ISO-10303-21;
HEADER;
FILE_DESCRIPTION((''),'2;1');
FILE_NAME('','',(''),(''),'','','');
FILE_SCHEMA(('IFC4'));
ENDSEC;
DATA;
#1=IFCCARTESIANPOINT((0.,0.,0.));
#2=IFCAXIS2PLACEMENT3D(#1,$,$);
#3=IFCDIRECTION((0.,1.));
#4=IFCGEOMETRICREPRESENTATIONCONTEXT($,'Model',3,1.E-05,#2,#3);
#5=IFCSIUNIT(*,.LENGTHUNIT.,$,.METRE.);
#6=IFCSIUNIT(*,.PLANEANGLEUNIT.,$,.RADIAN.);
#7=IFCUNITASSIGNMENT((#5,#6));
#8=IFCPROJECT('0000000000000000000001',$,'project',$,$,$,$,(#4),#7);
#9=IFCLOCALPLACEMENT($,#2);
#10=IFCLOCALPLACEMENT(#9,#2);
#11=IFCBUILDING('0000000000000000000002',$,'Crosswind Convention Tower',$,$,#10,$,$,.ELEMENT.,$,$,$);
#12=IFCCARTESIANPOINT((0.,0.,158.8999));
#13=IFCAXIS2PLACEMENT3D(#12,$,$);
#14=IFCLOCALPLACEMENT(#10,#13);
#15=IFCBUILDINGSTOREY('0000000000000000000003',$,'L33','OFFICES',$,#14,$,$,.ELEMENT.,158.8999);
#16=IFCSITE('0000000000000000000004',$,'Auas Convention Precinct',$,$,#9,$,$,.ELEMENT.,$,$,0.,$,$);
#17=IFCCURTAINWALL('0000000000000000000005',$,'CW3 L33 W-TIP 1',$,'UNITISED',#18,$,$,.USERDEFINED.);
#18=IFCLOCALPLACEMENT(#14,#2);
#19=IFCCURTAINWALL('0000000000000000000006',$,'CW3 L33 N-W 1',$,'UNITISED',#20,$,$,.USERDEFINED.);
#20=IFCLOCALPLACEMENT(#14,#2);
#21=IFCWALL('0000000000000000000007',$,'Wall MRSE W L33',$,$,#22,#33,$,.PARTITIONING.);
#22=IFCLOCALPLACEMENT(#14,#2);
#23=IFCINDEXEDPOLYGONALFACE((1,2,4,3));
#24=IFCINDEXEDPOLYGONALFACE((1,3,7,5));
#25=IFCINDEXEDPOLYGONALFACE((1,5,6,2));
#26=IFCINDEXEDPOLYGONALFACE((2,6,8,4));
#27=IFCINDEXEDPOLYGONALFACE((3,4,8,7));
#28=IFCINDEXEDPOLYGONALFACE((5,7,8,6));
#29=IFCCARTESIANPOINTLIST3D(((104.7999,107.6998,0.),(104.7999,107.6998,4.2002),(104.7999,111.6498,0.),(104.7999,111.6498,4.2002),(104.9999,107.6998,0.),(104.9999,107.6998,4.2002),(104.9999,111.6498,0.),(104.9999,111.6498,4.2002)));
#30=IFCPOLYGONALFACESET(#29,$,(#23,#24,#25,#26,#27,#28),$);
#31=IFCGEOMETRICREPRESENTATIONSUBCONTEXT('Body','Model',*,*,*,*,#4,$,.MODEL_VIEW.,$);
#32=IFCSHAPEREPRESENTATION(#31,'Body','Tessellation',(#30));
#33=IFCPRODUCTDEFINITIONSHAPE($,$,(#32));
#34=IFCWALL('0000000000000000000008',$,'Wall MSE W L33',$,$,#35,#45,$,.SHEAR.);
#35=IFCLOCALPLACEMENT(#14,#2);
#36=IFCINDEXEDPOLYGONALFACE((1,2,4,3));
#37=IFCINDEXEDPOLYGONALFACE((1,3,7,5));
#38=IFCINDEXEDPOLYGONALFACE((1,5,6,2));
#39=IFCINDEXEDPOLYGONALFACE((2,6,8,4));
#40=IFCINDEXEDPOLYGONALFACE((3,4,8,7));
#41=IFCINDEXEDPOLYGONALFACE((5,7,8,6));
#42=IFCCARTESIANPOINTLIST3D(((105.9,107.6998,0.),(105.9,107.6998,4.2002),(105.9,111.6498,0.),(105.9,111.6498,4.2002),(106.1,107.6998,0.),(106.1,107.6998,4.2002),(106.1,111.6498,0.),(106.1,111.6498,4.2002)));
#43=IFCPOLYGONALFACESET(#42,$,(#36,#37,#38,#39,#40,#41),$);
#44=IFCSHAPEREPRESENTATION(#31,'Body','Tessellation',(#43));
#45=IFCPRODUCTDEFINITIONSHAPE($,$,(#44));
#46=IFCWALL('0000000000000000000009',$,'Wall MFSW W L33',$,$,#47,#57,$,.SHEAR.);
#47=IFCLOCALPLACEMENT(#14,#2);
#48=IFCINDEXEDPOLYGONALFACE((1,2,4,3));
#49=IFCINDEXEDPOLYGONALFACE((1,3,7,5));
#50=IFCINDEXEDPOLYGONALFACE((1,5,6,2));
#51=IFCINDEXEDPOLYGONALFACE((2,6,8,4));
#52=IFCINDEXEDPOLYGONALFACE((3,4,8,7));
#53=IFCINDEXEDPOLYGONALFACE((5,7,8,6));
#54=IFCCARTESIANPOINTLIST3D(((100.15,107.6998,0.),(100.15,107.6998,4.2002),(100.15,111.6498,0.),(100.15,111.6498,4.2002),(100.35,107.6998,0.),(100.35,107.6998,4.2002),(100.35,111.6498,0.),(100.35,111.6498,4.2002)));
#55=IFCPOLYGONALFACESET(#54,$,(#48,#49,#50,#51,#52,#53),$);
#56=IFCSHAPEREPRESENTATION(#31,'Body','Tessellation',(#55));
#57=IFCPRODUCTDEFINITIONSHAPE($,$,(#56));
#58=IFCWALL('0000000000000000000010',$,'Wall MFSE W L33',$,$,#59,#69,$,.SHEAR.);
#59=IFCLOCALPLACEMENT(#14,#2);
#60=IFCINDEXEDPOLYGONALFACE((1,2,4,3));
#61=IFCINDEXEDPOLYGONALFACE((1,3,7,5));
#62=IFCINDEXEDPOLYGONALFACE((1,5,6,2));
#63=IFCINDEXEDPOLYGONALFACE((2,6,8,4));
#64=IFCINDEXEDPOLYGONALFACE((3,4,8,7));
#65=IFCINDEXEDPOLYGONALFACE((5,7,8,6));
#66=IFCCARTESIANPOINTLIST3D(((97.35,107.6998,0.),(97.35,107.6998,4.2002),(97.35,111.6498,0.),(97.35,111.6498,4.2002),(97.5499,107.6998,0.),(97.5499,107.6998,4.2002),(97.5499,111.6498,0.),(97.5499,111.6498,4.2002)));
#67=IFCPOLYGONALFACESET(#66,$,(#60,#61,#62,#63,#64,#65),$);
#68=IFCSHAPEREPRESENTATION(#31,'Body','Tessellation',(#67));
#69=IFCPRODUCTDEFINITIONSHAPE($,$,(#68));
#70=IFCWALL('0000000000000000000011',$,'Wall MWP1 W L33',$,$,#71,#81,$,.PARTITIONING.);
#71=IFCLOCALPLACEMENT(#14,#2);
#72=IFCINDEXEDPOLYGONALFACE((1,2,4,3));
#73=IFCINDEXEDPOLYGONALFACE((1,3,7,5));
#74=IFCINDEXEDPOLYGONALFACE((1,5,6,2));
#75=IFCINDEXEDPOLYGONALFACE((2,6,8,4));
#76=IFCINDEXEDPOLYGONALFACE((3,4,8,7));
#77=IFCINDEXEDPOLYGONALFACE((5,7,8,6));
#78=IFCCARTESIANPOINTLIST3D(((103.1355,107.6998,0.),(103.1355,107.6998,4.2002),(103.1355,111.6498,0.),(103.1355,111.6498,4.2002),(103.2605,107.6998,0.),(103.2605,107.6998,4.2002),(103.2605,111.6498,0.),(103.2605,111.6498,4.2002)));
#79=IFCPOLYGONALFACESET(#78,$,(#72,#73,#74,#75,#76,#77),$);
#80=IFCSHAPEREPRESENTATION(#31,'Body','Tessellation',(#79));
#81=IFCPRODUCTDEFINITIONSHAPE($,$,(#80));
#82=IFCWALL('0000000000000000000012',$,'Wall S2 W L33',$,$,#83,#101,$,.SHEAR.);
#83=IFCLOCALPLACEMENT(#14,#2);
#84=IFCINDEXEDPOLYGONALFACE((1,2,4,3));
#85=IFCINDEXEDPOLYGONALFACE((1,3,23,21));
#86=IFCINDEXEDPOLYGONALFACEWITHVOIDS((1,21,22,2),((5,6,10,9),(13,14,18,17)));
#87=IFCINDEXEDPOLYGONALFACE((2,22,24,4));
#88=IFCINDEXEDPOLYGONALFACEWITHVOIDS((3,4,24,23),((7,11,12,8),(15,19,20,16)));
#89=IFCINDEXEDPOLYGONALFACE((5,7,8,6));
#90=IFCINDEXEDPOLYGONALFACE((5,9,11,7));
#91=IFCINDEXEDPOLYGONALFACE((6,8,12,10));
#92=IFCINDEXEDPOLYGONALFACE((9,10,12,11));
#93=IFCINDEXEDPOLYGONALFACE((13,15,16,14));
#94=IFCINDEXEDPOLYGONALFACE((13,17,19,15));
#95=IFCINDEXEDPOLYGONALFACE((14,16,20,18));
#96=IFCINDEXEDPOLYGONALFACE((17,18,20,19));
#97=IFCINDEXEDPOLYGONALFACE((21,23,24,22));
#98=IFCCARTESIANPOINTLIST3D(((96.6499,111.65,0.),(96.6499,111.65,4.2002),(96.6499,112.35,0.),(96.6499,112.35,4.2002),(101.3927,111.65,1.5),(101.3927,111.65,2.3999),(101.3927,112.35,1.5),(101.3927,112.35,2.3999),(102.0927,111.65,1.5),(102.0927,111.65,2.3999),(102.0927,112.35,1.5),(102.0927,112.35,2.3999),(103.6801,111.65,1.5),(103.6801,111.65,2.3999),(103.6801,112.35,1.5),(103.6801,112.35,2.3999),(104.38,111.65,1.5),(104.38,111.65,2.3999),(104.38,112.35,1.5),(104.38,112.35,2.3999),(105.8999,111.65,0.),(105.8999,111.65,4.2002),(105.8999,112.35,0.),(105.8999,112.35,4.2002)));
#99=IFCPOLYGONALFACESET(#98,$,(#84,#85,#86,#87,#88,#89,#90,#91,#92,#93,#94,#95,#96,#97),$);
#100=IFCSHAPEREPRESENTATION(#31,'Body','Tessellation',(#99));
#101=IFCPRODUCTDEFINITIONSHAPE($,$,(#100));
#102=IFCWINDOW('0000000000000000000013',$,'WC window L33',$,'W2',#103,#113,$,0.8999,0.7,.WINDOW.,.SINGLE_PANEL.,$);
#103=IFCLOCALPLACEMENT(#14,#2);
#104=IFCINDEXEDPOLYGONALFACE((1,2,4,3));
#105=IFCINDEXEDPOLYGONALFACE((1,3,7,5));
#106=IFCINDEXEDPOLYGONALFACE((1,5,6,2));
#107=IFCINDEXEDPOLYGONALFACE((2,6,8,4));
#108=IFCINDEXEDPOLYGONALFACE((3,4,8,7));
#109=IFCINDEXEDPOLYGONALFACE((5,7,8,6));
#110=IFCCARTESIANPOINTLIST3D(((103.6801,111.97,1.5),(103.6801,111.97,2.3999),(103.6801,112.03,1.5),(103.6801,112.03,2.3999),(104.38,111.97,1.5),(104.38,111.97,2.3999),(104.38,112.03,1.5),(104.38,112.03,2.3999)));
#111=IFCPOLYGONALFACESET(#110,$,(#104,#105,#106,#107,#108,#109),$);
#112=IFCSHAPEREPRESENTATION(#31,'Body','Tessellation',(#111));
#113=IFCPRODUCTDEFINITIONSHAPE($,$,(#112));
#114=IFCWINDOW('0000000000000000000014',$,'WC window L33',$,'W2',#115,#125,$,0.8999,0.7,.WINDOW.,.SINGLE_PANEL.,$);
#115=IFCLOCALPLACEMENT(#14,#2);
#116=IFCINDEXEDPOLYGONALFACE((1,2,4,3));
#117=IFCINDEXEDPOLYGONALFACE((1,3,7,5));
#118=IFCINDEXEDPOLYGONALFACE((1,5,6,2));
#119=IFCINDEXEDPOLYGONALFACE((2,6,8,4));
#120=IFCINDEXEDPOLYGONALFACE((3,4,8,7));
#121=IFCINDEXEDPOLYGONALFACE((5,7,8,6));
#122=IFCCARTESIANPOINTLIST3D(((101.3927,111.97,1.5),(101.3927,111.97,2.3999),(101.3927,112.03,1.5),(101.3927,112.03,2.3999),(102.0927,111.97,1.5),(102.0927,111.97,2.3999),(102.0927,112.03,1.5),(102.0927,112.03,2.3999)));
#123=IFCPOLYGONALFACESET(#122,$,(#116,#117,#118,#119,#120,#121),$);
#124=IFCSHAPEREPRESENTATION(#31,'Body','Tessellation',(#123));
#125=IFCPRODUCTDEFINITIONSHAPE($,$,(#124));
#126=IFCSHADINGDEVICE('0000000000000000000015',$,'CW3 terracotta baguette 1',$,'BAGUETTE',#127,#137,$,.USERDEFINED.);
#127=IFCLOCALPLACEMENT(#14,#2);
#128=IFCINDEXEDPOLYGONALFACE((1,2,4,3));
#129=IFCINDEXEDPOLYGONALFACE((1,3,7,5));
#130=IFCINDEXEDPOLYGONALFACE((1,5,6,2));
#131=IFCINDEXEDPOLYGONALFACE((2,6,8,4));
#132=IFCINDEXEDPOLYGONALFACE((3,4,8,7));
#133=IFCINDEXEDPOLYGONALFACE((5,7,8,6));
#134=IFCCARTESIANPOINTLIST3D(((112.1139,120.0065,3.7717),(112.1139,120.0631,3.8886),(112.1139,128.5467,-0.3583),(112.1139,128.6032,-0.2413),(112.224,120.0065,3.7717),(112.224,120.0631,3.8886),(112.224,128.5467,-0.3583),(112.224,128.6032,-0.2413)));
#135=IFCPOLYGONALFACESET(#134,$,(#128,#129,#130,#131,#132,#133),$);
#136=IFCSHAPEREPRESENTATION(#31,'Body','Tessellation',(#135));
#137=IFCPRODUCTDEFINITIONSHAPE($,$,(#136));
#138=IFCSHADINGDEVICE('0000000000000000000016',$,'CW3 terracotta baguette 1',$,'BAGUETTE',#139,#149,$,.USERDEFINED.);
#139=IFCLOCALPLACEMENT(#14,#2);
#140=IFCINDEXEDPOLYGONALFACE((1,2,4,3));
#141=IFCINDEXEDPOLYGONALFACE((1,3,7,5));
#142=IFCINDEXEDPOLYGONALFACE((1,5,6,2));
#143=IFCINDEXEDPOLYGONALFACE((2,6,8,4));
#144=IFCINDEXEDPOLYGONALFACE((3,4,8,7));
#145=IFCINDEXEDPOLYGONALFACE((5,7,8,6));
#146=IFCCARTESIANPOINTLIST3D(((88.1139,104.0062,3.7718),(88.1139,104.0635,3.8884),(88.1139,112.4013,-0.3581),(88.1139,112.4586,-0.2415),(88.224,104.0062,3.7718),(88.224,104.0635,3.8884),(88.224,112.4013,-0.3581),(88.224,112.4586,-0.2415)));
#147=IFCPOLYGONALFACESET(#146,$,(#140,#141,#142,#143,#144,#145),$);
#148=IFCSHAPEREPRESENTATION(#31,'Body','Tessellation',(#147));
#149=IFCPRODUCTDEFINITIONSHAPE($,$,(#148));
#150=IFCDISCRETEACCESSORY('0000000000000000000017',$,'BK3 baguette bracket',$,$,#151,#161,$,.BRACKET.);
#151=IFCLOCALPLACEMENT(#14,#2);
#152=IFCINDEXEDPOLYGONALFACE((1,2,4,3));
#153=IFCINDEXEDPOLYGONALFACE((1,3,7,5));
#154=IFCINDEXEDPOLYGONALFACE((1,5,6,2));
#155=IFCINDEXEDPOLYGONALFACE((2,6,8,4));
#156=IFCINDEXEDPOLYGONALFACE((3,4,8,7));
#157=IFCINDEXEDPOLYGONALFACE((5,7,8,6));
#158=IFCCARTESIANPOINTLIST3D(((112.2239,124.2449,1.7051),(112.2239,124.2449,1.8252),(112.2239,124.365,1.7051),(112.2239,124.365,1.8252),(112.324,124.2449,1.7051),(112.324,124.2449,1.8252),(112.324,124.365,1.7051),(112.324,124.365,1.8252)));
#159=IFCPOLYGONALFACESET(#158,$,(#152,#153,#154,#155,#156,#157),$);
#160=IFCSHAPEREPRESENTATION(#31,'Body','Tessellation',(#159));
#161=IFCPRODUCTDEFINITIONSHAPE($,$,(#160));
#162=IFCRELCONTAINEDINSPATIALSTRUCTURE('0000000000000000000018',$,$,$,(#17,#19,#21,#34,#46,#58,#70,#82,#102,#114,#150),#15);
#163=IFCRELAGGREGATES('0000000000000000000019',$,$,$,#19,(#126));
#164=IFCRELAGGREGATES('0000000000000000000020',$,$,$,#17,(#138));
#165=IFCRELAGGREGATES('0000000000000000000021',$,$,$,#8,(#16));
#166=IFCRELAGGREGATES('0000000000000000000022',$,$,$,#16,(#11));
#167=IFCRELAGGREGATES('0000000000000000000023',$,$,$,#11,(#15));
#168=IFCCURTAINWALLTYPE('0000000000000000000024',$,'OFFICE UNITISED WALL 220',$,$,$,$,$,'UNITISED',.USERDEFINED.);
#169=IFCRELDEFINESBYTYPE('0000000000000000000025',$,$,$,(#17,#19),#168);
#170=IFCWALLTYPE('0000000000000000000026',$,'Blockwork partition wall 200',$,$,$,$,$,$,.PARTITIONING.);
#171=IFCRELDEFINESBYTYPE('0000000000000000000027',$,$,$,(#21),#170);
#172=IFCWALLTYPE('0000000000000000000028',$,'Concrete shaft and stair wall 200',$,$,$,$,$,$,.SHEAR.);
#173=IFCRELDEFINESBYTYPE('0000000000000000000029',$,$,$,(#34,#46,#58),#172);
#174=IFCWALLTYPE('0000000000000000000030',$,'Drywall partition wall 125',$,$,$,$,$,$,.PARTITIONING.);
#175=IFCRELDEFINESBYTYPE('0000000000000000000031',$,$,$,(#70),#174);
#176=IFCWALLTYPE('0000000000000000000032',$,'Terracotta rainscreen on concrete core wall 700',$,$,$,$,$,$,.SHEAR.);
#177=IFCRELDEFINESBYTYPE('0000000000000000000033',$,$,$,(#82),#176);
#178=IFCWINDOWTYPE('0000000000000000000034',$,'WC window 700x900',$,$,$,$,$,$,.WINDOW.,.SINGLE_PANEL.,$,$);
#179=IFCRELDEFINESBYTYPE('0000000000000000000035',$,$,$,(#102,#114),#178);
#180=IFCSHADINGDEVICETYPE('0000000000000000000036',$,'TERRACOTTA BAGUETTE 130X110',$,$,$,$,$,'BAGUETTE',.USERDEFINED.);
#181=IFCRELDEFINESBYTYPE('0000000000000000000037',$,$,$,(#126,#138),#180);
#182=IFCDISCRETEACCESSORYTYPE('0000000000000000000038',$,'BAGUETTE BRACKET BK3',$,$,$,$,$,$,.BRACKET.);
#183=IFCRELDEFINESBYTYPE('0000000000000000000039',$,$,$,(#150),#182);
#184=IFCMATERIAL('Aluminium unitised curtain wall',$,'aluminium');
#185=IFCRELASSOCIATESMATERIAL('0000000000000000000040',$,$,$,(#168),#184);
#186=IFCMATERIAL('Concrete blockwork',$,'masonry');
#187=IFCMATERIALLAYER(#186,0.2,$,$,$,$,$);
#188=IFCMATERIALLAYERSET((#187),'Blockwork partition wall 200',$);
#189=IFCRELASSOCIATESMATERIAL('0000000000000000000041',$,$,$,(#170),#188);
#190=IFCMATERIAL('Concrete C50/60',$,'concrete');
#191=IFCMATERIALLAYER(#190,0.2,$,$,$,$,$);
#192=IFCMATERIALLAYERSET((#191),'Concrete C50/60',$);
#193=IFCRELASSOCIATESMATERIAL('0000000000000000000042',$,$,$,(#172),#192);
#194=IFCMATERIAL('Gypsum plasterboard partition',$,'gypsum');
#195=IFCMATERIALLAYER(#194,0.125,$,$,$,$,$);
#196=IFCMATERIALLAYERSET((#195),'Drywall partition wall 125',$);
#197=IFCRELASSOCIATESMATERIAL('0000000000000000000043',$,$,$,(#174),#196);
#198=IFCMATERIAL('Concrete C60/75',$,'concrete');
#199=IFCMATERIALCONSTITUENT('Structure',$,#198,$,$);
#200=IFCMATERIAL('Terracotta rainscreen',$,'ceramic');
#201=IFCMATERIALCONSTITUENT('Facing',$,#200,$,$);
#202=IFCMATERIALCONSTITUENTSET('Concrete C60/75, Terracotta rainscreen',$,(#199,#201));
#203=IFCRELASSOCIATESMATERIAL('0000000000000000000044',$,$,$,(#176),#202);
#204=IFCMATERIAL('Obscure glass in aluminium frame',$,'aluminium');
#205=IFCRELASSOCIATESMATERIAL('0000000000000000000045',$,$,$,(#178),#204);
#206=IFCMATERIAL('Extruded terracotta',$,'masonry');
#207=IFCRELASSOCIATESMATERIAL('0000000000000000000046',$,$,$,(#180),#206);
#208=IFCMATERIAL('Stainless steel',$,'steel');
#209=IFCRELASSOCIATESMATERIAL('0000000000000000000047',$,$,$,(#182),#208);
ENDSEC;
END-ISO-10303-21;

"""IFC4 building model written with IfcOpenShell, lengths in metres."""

from ifc_helpers import new_model, si_unit, direction, frame, frame_2d, origin, origin_2d, place, context, subcontext, project, spatial, rectangle, extrude, material, layer, layer_set, constituent, constituent_set, material_profile, profile_set, type_object, element, fill, aggregate, save


model = new_model("IFC4")

# Units and contexts
model_context = context("Model", 3, precision=1e-05, world=origin(), true_north=direction((0.0, 1.0)))
body_context = subcontext(model_context, "Body", "Model", "MODEL_VIEW")
ifc_project = project(units=[si_unit("LENGTHUNIT", "METRE"), si_unit("PLANEANGLEUNIT", "RADIAN")], contexts=[model_context])

# Site, building, storey
site_placement = place(None, origin())
site = spatial("IfcSite", under=ifc_project, at=site_placement, Name="Auas Convention Precinct", CompositionType="ELEMENT", RefElevation=0.0)
building_placement = place(site_placement, origin())
building = spatial("IfcBuilding", under=site, at=building_placement, Name="Crosswind Convention Tower", CompositionType="ELEMENT")
storey_placement = place(building_placement, frame((0.0, 0.0, 158.8999)))
storey = spatial("IfcBuildingStorey", under=building, at=storey_placement, Name="L33", Description="OFFICES", CompositionType="ELEMENT", Elevation=158.8999)

# Shared definitions
ifc_material_1 = material(Name="Concrete C60/75", Category="concrete")

# Shared definitions
ifc_material_2 = material(Name="Aluminium unitised curtain wall", Category="aluminium")

# Curtain wall
curtain_wall_type_1 = type_object("IfcCurtainWallType", Name="OFFICE UNITISED WALL 220", ElementType="UNITISED", PredefinedType="USERDEFINED", material=ifc_material_2)
curtain_wall_1_placement = place(storey_placement, origin())
curtain_wall_1 = element("IfcCurtainWall", 1, at=curtain_wall_1_placement, inside=storey, type_object=curtain_wall_type_1, Name="CW3 L33 W-TIP 1", ObjectType="UNITISED", PredefinedType="USERDEFINED")

# Curtain wall
curtain_wall_2_placement = place(storey_placement, origin())
curtain_wall_2 = element("IfcCurtainWall", 2, at=curtain_wall_2_placement, inside=storey, type_object=curtain_wall_type_1, Name="CW3 L33 N-W 1", ObjectType="UNITISED", PredefinedType="USERDEFINED")

# Wall
ifc_material_3 = material(Name="Concrete blockwork", Category="masonry")
ifc_layer_1 = layer(ifc_material_3, 0.2)
ifc_layer_set_1 = layer_set([ifc_layer_1], Name="Blockwork partition wall 200")
wall_type_1 = type_object("IfcWallType", Name="Blockwork partition wall 200", PredefinedType="PARTITIONING", material=ifc_layer_set_1)
wall_1_placement = place(storey_placement, frame((104.8999, 111.6499, 0.0), z_axis=(0.0, 0.0, 1.0), x_axis=(0.0, -1.0, 0.0)))
element("IfcWall", 3, at=wall_1_placement, inside=storey, type_object=wall_type_1, Name="Wall MRSE W L33", PredefinedType="PARTITIONING", context=body_context, shape_type="SweptSolid", body=[
    extrude(rectangle(XDim=3.95, YDim=0.2, at=frame_2d((1.9751, 0.0))), origin(), (0.0, 0.0, 1.0), 4.2002),
])

# Walls
ifc_material_4 = material(Name="Concrete C50/60", Category="concrete")
ifc_layer_2 = layer(ifc_material_4, 0.2)
ifc_layer_set_2 = layer_set([ifc_layer_2], Name="Concrete C50/60")
wall_type_2 = type_object("IfcWallType", Name="Concrete shaft and stair wall 200", PredefinedType="SHEAR", material=ifc_layer_set_2)
for number, where, z_axis, x_axis, name in (
    (4, (106.0, 111.6499, 0.0), (0.0, 0.0, 1.0), (0.0, -1.0, 0.0), "Wall MSE W L33"),
    (5, (100.25, 111.6499, 0.0), (0.0, 0.0, 1.0), (0.0, -1.0, 0.0), "Wall MFSW W L33"),
    (6, (97.45, 111.6499, 0.0), (0.0, 0.0, 1.0), (0.0, -1.0, 0.0), "Wall MFSE W L33"),
):
    element("IfcWall", number, at=place(storey_placement, frame(where, z_axis=z_axis, x_axis=x_axis)), inside=storey, type_object=wall_type_2, Name=name, PredefinedType="SHEAR", context=body_context, shape_type="SweptSolid", body=[
        extrude(rectangle(XDim=3.95, YDim=0.2, at=frame_2d((1.9751, 0.0))), origin(), (0.0, 0.0, 1.0), 4.2002),
    ])
ifc_material_5 = material(Name="Gypsum plasterboard partition", Category="gypsum")
ifc_layer_3 = layer(ifc_material_5, 0.125)
ifc_layer_set_3 = layer_set([ifc_layer_3], Name="Drywall partition wall 125")
wall_type_3 = type_object("IfcWallType", Name="Drywall partition wall 125", PredefinedType="PARTITIONING", material=ifc_layer_set_3)
wall_2_placement = place(storey_placement, frame((103.198, 111.6499, 0.0), z_axis=(0.0, 0.0, 1.0), x_axis=(0.0, -1.0, 0.0)))
element("IfcWall", 7, at=wall_2_placement, inside=storey, type_object=wall_type_3, Name="Wall MWP1 W L33", PredefinedType="PARTITIONING", context=body_context, shape_type="SweptSolid", body=[
    extrude(rectangle(XDim=3.95, YDim=0.125, at=frame_2d((1.9751, 0.0))), origin(), (0.0, 0.0, 1.0), 4.2002),
])

# Wall, openings, windows
ifc_constituent_1 = constituent(ifc_material_1, Name="Structure")
ifc_material_6 = material(Name="Terracotta rainscreen", Category="ceramic")
ifc_constituent_2 = constituent(ifc_material_6, Name="Facing")
ifc_constituent_set = constituent_set(constituents=[ifc_constituent_1, ifc_constituent_2], Name="Concrete C60/75, Terracotta rainscreen")
wall_type_4 = type_object("IfcWallType", Name="Terracotta rainscreen on concrete core wall 700", PredefinedType="SHEAR", material=ifc_constituent_set)
wall_3_placement = place(storey_placement, frame((105.8999, 112.0, 0.0), z_axis=(0.0, 0.0, 1.0), x_axis=(-1.0, 0.0, 0.0)))
wall_3 = element("IfcWall", 8, at=wall_3_placement, inside=storey, type_object=wall_type_4, Name="Wall S2 W L33", PredefinedType="SHEAR", context=body_context, shape_type="SweptSolid", body=[
    extrude(rectangle(XDim=9.25, YDim=0.7, at=frame_2d((4.625, 0.0))), origin(), (0.0, 0.0, 1.0), 4.2002),
])
opening_1_placement = place(wall_3_placement, frame((1.5198, 0.0, 1.5)))
opening_1 = element("IfcOpeningElement", 9, at=opening_1_placement, cuts=wall_3, PredefinedType="OPENING", context=body_context, shape_type="SweptSolid", body=[
    extrude(rectangle(XDim=0.7, YDim=0.8999, at=frame_2d((0.3501, 0.45))), frame((0.0, 0.3599, 0.0), z_axis=(0.0, -1.0, 0.0), x_axis=(1.0, 0.0, 0.0)), (0.0, 0.0, 1.0), 0.72),
])
opening_2_placement = place(wall_3_placement, frame((3.8071, 0.0, 1.5)))
opening_2 = element("IfcOpeningElement", 10, at=opening_2_placement, cuts=wall_3, PredefinedType="OPENING", context=body_context, shape_type="SweptSolid", body=[
    extrude(rectangle(XDim=0.7, YDim=0.8999, at=frame_2d((0.3501, 0.45))), frame((0.0, 0.3599, 0.0), z_axis=(0.0, -1.0, 0.0), x_axis=(1.0, 0.0, 0.0)), (0.0, 0.0, 1.0), 0.72),
])
ifc_material_7 = material(Name="Obscure glass in aluminium frame", Category="aluminium")
window_type = type_object("IfcWindowType", Name="WC window 700x900", PartitioningType="SINGLE_PANEL", PredefinedType="WINDOW", material=ifc_material_7)
window_1_placement = place(opening_1_placement, origin())
window_1 = element("IfcWindow", 11, at=window_1_placement, inside=storey, type_object=window_type, Name="WC window L33", ObjectType="W2", OverallHeight=0.8999, OverallWidth=0.7, PartitioningType="SINGLE_PANEL", PredefinedType="WINDOW", context=body_context, shape_type="SweptSolid", body=[
    extrude(rectangle(XDim=0.7, YDim=0.8999, at=frame_2d((0.3501, 0.45))), frame((0.0, 0.03, 0.0), z_axis=(0.0, -1.0, 0.0), x_axis=(1.0, 0.0, 0.0)), (0.0, 0.0, 1.0), 0.0601),
])
fill(opening_1, window_1)
window_2_placement = place(opening_2_placement, origin())
window_2 = element("IfcWindow", 12, at=window_2_placement, inside=storey, type_object=window_type, Name="WC window L33", ObjectType="W2", OverallHeight=0.8999, OverallWidth=0.7, PartitioningType="SINGLE_PANEL", PredefinedType="WINDOW", context=body_context, shape_type="SweptSolid", body=[
    extrude(rectangle(XDim=0.7, YDim=0.8999, at=frame_2d((0.3501, 0.45))), frame((0.0, 0.03, 0.0), z_axis=(0.0, -1.0, 0.0), x_axis=(1.0, 0.0, 0.0)), (0.0, 0.0, 1.0), 0.0601),
])
fill(opening_2, window_2)

# Shading devices
ifc_material_8 = material(Name="Extruded terracotta", Category="masonry")
ifc_material_profile_1 = material_profile(ifc_material_8, rectangle(XDim=0.1101, YDim=0.1299, at=origin_2d()), Name="TC 110X130")
ifc_profile_set_1 = profile_set([ifc_material_profile_1], Name="Extruded terracotta")
shading_device_type = type_object("IfcShadingDeviceType", Name="TERRACOTTA BAGUETTE 130X110", ElementType="BAGUETTE", PredefinedType="USERDEFINED", material=ifc_profile_set_1)
shading_device_1_placement = place(storey_placement, frame((112.1689, 128.575, -0.2998), z_axis=(0.0, -0.900258, 0.435356), x_axis=(1.0, 0.0, 0.0)))
shading_device_1 = element("IfcShadingDevice", 13, at=shading_device_1_placement, type_object=shading_device_type, Name="CW3 terracotta baguette 1", ObjectType="BAGUETTE", PredefinedType="USERDEFINED", context=body_context, shape_type="SweptSolid", body=[
    extrude(rectangle(XDim=0.1101, YDim=0.1299, at=origin_2d()), origin(), (0.0, 0.0, 1.0), 9.4863),
])
aggregate(curtain_wall_2, [shading_device_1])
shading_device_2_placement = place(storey_placement, frame((88.1689, 112.4299, -0.2998), z_axis=(0.0, -0.8973, 0.441422), x_axis=(1.0, 0.0, 0.0)))
shading_device_2 = element("IfcShadingDevice", 14, at=shading_device_2_placement, type_object=shading_device_type, Name="CW3 terracotta baguette 1", ObjectType="BAGUETTE", PredefinedType="USERDEFINED", context=body_context, shape_type="SweptSolid", body=[
    extrude(rectangle(XDim=0.1101, YDim=0.1299, at=origin_2d()), origin(), (0.0, 0.0, 1.0), 9.356),
])
aggregate(curtain_wall_1, [shading_device_2])

# Discrete accessory
ifc_material_9 = material(Name="Stainless steel", Category="steel")
discrete_accessory_type = type_object("IfcDiscreteAccessoryType", Name="BAGUETTE BRACKET BK3", PredefinedType="BRACKET", material=ifc_material_9)
discrete_accessory_placement = place(storey_placement, frame((112.2739, 124.3049, 1.7051), z_axis=(0.0, 0.0, 1.0), x_axis=(0.0, -1.0, 0.0)))
element("IfcDiscreteAccessory", 15, at=discrete_accessory_placement, inside=storey, type_object=discrete_accessory_type, Name="BK3 baguette bracket", PredefinedType="BRACKET", context=body_context, shape_type="SweptSolid", body=[
    extrude(rectangle(XDim=0.1201, YDim=0.1001, at=origin_2d()), origin(), (0.0, 0.0, 1.0), 0.1201),
])

save(model, "model.ifc")
